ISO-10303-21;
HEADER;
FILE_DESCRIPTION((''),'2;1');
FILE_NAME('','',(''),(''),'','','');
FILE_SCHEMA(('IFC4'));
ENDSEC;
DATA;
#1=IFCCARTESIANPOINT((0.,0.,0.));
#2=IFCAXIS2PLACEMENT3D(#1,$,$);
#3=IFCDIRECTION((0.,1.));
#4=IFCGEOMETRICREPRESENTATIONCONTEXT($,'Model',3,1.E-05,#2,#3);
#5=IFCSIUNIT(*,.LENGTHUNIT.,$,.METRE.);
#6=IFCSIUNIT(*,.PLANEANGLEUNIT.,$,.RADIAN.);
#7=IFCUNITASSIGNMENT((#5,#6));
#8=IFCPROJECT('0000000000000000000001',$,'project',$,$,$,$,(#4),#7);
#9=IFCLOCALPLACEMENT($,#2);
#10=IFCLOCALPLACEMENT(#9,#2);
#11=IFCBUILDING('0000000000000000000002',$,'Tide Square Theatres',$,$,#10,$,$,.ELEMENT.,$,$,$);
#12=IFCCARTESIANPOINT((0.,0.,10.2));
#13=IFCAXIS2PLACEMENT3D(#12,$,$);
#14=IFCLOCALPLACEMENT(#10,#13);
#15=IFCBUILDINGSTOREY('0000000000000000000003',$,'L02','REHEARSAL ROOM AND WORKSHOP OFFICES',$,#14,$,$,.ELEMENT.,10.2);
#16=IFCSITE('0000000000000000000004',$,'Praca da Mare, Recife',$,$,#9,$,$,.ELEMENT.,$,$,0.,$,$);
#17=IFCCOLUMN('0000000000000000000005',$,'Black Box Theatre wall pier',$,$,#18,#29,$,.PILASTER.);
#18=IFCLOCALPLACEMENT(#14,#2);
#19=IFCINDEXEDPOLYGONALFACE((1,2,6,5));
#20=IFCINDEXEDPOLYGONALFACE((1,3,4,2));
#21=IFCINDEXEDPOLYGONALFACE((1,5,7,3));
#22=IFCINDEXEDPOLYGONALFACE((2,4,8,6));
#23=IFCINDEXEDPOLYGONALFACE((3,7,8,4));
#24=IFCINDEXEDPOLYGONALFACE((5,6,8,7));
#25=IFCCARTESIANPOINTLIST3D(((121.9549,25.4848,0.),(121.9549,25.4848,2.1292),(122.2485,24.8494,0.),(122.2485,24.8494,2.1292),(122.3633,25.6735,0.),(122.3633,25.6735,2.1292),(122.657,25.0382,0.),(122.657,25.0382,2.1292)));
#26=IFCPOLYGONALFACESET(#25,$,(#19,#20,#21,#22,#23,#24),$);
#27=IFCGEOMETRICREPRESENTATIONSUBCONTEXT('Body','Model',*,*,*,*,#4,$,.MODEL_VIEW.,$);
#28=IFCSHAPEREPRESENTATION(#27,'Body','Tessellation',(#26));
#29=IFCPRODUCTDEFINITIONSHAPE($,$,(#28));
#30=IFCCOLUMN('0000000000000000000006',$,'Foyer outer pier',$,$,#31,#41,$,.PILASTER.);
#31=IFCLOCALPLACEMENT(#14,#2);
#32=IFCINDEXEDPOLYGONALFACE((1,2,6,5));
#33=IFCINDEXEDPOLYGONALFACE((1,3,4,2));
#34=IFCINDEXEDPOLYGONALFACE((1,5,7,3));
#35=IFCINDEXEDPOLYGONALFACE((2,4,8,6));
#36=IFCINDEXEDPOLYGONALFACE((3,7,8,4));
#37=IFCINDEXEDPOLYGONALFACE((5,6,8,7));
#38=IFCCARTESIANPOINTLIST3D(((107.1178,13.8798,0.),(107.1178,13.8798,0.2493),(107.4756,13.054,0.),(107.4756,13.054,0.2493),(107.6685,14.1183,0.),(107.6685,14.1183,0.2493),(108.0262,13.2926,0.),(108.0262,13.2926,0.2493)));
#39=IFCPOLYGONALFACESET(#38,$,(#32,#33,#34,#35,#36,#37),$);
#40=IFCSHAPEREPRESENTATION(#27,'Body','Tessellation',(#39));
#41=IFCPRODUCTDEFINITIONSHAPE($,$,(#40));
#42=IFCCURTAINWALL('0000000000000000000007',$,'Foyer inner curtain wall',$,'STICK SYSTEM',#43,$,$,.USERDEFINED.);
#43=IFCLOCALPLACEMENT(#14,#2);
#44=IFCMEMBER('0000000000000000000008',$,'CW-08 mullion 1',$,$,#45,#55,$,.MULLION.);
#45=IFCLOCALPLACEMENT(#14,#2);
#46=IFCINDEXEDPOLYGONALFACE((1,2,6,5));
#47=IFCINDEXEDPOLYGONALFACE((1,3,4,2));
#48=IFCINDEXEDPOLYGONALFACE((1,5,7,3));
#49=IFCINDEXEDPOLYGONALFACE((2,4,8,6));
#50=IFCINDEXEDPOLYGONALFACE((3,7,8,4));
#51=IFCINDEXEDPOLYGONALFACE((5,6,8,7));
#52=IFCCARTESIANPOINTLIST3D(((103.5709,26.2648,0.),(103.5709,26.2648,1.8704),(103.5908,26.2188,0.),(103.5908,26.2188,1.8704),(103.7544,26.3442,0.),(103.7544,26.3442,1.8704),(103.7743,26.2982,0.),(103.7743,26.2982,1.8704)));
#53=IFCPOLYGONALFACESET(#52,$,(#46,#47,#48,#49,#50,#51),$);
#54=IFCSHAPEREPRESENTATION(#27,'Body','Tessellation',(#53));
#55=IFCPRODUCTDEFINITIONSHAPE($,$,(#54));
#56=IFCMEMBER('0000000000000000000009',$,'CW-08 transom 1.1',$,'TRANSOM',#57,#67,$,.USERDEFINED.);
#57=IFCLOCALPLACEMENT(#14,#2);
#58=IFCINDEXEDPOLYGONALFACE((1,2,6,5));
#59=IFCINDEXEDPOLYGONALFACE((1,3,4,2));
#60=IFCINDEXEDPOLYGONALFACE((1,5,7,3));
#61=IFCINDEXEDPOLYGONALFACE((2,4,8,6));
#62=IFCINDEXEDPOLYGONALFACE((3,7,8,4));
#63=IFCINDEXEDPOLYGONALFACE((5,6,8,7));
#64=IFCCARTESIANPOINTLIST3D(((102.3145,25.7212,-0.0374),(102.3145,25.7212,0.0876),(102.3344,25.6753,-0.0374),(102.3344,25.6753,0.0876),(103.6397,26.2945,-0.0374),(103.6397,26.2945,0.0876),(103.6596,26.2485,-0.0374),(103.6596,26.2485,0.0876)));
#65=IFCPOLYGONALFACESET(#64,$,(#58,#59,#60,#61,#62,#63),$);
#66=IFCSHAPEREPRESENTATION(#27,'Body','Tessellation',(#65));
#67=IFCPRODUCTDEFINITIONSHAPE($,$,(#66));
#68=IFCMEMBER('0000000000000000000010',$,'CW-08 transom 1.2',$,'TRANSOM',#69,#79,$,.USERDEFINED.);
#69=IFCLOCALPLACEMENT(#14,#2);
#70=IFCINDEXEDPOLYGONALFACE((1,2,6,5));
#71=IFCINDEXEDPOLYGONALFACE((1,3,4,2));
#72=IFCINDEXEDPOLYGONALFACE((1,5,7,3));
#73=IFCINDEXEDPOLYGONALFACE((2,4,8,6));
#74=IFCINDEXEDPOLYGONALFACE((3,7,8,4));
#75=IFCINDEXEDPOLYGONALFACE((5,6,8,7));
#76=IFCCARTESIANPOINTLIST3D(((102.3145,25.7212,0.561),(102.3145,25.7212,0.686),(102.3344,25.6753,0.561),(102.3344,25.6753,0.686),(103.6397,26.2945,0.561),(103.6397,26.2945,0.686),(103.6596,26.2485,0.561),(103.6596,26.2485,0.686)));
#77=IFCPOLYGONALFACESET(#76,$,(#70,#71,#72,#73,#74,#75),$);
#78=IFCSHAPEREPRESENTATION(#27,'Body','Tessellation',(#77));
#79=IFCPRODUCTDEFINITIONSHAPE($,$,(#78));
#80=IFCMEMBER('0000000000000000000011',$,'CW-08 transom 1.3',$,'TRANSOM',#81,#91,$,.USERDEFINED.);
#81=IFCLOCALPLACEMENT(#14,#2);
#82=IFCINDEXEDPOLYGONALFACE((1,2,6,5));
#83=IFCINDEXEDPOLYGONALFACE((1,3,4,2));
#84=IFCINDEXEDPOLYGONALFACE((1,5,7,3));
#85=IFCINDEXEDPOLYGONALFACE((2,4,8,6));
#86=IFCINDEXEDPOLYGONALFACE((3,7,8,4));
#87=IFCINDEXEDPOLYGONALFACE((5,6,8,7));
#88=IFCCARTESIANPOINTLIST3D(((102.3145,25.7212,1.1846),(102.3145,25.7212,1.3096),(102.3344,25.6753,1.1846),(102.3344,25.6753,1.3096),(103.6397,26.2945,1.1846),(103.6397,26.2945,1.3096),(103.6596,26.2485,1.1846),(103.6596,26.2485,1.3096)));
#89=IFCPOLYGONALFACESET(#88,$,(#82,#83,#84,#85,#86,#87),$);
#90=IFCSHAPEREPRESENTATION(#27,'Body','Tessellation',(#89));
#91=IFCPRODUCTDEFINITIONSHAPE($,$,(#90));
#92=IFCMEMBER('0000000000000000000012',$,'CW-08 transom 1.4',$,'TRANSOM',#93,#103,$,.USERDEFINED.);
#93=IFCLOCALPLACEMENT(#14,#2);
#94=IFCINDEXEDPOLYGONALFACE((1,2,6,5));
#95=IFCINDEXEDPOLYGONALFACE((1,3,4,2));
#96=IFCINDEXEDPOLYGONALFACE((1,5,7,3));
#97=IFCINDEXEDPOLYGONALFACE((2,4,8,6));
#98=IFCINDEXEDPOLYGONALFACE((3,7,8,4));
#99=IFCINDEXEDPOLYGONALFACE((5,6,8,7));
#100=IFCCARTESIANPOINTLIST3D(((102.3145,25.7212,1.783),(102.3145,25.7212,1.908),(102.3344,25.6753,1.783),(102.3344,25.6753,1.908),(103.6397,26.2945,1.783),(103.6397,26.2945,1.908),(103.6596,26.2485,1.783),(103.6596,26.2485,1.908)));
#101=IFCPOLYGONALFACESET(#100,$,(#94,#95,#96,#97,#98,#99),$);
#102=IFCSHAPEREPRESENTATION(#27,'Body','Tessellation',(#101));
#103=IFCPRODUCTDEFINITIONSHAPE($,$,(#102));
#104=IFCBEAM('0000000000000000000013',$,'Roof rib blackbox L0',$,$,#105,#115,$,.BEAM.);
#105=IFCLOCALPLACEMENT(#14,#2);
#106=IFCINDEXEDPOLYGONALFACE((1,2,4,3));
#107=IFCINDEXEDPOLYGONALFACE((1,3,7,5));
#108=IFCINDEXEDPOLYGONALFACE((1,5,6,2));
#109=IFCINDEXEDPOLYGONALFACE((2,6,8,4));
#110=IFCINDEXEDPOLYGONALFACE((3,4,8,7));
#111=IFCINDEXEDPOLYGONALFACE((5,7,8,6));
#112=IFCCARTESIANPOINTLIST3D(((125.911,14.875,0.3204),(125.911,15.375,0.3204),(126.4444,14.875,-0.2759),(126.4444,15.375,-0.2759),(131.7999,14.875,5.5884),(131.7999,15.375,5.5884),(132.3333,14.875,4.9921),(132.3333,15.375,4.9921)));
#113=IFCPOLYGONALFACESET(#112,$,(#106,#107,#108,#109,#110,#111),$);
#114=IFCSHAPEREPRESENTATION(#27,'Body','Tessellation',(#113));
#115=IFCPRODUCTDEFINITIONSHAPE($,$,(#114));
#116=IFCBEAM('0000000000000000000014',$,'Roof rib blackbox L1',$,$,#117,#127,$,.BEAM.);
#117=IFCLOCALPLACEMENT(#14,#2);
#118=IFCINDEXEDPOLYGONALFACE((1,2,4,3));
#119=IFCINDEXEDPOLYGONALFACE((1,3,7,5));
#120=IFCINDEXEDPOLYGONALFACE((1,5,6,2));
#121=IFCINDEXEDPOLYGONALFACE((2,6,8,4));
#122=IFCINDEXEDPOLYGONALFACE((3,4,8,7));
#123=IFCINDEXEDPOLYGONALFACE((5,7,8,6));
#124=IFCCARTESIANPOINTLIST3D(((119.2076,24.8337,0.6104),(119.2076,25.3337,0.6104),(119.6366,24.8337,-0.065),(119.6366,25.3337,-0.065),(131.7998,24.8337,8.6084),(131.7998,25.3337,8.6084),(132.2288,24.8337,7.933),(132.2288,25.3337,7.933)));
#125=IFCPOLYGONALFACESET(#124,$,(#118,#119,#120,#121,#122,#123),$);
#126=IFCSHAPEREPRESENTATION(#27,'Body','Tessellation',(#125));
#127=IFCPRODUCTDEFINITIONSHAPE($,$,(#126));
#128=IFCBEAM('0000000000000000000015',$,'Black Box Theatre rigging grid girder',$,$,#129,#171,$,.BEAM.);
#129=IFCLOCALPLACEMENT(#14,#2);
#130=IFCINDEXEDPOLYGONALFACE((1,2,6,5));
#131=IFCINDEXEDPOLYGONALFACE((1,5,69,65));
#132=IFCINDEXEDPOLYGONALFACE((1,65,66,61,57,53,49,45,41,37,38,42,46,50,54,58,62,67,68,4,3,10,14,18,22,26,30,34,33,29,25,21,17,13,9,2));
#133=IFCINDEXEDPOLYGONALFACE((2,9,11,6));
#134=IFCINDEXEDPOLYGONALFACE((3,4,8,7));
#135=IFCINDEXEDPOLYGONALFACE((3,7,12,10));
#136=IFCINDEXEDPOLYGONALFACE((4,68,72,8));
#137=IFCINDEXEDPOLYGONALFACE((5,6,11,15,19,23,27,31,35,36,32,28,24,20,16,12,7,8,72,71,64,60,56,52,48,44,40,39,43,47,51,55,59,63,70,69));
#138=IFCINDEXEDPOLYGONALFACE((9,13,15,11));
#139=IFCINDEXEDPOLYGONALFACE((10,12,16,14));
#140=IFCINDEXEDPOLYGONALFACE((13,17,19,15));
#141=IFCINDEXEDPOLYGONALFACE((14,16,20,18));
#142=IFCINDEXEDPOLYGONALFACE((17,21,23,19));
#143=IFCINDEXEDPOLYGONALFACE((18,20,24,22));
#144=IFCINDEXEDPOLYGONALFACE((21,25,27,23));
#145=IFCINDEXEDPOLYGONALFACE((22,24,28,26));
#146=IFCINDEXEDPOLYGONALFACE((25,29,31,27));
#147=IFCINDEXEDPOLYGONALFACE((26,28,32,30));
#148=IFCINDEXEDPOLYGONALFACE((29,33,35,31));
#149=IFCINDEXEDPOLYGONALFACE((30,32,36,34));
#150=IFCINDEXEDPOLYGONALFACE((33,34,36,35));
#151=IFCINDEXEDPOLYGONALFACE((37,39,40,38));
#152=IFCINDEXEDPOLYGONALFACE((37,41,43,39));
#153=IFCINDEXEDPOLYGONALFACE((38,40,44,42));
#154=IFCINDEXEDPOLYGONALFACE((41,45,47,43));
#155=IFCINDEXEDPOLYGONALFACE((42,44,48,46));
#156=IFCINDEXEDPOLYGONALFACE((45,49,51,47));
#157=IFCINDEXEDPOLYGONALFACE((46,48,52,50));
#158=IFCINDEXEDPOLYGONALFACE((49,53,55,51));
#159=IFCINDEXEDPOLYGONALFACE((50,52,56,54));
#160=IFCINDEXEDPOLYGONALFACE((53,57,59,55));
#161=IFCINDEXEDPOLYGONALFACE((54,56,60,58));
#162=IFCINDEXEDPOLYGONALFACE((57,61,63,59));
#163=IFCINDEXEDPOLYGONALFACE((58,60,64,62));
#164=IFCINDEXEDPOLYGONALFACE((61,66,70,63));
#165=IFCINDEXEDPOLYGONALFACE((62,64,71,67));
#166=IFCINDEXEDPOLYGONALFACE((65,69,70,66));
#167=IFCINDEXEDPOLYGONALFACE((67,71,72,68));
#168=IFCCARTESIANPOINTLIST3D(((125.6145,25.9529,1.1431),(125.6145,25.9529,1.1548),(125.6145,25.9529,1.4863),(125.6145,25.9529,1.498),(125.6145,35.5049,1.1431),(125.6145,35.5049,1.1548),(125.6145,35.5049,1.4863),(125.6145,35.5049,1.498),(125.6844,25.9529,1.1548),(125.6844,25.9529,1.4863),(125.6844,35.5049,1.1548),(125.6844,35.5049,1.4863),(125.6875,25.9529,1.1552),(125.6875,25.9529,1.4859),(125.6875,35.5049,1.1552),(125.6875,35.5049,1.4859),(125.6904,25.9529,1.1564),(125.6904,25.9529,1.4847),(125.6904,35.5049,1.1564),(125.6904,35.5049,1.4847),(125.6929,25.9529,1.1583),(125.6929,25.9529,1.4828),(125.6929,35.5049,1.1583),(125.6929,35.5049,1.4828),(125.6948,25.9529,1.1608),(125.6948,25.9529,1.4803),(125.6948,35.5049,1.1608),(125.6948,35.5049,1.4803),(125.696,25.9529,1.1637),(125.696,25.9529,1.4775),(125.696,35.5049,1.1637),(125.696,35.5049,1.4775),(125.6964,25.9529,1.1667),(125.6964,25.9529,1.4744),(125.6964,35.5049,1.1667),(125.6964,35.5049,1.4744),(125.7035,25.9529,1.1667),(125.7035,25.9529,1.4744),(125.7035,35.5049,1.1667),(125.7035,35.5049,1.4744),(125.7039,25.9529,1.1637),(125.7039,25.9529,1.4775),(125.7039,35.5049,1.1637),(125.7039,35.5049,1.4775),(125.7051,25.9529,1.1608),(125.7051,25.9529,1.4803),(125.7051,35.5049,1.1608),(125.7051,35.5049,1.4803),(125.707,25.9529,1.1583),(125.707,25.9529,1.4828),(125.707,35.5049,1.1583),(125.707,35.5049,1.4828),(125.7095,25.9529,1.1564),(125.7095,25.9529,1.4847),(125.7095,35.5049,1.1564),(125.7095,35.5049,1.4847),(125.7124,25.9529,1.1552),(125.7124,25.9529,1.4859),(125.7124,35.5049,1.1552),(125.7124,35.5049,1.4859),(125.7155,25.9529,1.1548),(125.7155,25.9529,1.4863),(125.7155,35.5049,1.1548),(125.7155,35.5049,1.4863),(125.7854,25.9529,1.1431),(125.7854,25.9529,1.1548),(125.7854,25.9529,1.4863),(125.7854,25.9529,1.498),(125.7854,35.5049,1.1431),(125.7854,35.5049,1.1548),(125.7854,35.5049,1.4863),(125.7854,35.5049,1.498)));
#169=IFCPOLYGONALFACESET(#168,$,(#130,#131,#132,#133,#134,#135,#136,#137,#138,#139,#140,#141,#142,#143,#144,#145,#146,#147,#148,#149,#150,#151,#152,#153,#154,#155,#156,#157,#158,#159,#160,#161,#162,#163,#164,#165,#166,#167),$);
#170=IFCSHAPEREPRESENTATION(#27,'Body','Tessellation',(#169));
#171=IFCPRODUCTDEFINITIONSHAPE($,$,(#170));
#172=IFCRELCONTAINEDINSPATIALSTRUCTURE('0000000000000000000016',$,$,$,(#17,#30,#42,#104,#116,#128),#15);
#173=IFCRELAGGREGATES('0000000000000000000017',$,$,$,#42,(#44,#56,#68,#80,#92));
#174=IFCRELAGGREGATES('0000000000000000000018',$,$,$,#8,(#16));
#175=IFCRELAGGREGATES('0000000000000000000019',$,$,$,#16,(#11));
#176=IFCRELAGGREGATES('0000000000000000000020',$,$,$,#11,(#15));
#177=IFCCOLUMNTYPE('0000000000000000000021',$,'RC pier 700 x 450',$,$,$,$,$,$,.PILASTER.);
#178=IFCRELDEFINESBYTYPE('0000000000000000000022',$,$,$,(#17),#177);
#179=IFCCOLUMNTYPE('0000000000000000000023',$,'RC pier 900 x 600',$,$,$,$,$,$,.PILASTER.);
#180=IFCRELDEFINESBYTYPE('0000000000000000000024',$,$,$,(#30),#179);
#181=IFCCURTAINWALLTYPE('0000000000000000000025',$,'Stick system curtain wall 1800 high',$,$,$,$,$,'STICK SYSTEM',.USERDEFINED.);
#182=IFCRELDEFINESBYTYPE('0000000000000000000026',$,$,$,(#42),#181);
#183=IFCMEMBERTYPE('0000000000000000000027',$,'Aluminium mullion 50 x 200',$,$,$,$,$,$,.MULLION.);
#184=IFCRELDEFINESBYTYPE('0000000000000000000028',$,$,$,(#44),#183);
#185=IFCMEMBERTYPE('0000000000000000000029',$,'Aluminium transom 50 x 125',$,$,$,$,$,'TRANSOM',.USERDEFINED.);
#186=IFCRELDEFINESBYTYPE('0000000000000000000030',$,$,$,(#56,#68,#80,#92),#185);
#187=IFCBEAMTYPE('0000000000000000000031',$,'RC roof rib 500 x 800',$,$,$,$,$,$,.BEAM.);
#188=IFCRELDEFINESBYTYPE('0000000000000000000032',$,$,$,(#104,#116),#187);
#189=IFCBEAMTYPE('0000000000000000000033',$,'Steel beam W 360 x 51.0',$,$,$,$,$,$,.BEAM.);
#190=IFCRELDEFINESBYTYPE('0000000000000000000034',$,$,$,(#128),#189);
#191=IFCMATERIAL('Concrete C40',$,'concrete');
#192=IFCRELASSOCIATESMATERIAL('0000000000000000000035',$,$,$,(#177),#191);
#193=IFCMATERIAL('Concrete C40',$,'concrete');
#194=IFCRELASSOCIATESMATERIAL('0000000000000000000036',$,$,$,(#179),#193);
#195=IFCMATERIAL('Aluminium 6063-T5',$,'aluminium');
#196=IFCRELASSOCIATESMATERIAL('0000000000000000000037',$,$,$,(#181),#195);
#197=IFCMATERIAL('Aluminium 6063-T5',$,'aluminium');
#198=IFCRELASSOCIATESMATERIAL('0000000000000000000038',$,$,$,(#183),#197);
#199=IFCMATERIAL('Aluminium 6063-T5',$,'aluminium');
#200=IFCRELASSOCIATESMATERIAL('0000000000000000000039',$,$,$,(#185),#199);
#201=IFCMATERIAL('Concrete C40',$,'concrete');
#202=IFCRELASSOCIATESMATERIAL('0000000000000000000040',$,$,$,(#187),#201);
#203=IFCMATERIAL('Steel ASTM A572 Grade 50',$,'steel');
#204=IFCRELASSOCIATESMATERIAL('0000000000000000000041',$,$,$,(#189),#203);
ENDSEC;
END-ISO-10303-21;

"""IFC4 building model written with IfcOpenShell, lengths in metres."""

from ifc_helpers import new_model, si_unit, direction, frame, origin, origin_2d, place, context, subcontext, project, spatial, rectangle, i_section, extrude, material, material_profile, profile_set, type_object, element, aggregate, save


model = new_model("IFC4")

# Units and contexts
model_context = context("Model", 3, precision=1e-05, world=origin(), true_north=direction((0.0, 1.0)))
body_context = subcontext(model_context, "Body", "Model", "MODEL_VIEW")
ifc_project = project(units=[si_unit("LENGTHUNIT", "METRE"), si_unit("PLANEANGLEUNIT", "RADIAN")], contexts=[model_context])

# Site, building, storey
site_placement = place(None, origin())
site = spatial("IfcSite", under=ifc_project, at=site_placement, Name="Praca da Mare, Recife", CompositionType="ELEMENT", RefElevation=0.0)
building_placement = place(site_placement, origin())
building = spatial("IfcBuilding", under=site, at=building_placement, Name="Tide Square Theatres", CompositionType="ELEMENT")
storey_placement = place(building_placement, frame((0.0, 0.0, 10.2)))
storey = spatial("IfcBuildingStorey", under=building, at=storey_placement, Name="L02", Description="REHEARSAL ROOM AND WORKSHOP OFFICES", CompositionType="ELEMENT", Elevation=10.2)

# Columns
ifc_material_1 = material(Name="Concrete C40", Category="concrete")
ifc_material_profile_1 = material_profile(ifc_material_1, rectangle(XDim=0.7, YDim=0.45, at=origin_2d()))
ifc_profile_set_1 = profile_set([ifc_material_profile_1], Name="Concrete C40")
column_type_1 = type_object("IfcColumnType", Name="RC pier 700 x 450", PredefinedType="PILASTER", material=ifc_profile_set_1)
column_1_placement = place(storey_placement, frame((122.3059, 25.2615, 0.0), z_axis=(0.0, 0.0, 1.0), x_axis=(0.41956, -0.907728, 0.0)))
element("IfcColumn", 1, at=column_1_placement, inside=storey, type_object=column_type_1, Name="Black Box Theatre wall pier", PredefinedType="PILASTER", context=body_context, shape_type="SweptSolid", body=[
    extrude(rectangle(XDim=0.7, YDim=0.45, at=origin_2d()), origin(), (0.0, 0.0, 1.0), 2.1292),
])
ifc_material_2 = material(Name="Concrete C40", Category="concrete")
ifc_material_profile_2 = material_profile(ifc_material_2, rectangle(XDim=0.8999, YDim=0.6001, at=origin_2d()))
ifc_profile_set_2 = profile_set([ifc_material_profile_2], Name="Concrete C40")
column_type_2 = type_object("IfcColumnType", Name="RC pier 900 x 600", PredefinedType="PILASTER", material=ifc_profile_set_2)
column_2_placement = place(storey_placement, frame((107.572, 13.5862, 0.0), z_axis=(0.0, 0.0, 1.0), x_axis=(0.397505, -0.9176, 0.0)))
element("IfcColumn", 2, at=column_2_placement, inside=storey, type_object=column_type_2, Name="Foyer outer pier", PredefinedType="PILASTER", context=body_context, shape_type="SweptSolid", body=[
    extrude(rectangle(XDim=0.8999, YDim=0.6001, at=origin_2d()), origin(), (0.0, 0.0, 1.0), 0.2493),
])

# Curtain wall, members
ifc_material_3 = material(Name="Aluminium 6063-T5", Category="aluminium")
curtain_wall_type = type_object("IfcCurtainWallType", Name="Stick system curtain wall 1800 high", ElementType="STICK SYSTEM", PredefinedType="USERDEFINED", material=ifc_material_3)
curtain_wall_placement = place(storey_placement, origin())
curtain_wall = element("IfcCurtainWall", 3, at=curtain_wall_placement, inside=storey, type_object=curtain_wall_type, Name="Foyer inner curtain wall", ObjectType="STICK SYSTEM", PredefinedType="USERDEFINED")
ifc_material_4 = material(Name="Aluminium 6063-T5", Category="aluminium")
ifc_material_profile_3 = material_profile(ifc_material_4, rectangle(XDim=0.05, YDim=0.2, at=origin_2d()))
ifc_profile_set_3 = profile_set([ifc_material_profile_3], Name="Aluminium 6063-T5")
member_type_1 = type_object("IfcMemberType", Name="Aluminium mullion 50 x 200", PredefinedType="MULLION", material=ifc_profile_set_3)
member_1_placement = place(storey_placement, frame((103.6726, 26.2815, 0.0), z_axis=(0.0, 0.0, 1.0), x_axis=(0.39698, -0.917827, 0.0)))
member_1 = element("IfcMember", 4, at=member_1_placement, type_object=member_type_1, Name="CW-08 mullion 1", PredefinedType="MULLION", context=body_context, shape_type="SweptSolid", body=[
    extrude(rectangle(XDim=0.05, YDim=0.2, at=origin_2d()), origin(), (0.0, 0.0, 1.0), 1.8704),
])
ifc_material_5 = material(Name="Aluminium 6063-T5", Category="aluminium")
ifc_material_profile_4 = material_profile(ifc_material_5, rectangle(XDim=0.05, YDim=0.125, at=origin_2d()))
ifc_profile_set_4 = profile_set([ifc_material_profile_4], Name="Aluminium 6063-T5")
member_type_2 = type_object("IfcMemberType", Name="Aluminium transom 50 x 125", ElementType="TRANSOM", PredefinedType="USERDEFINED", material=ifc_profile_set_4)
member_2_placement = place(storey_placement, frame((103.6497, 26.2715, 0.0251), z_axis=(-0.91781, -0.397019, 0.0), x_axis=(0.397019, -0.91781, 0.0)))
member_2 = element("IfcMember", 5, at=member_2_placement, type_object=member_type_2, Name="CW-08 transom 1.1", ObjectType="TRANSOM", PredefinedType="USERDEFINED", context=body_context, shape_type="SweptSolid", body=[
    extrude(rectangle(XDim=0.05, YDim=0.125, at=origin_2d()), origin(), (0.0, 0.0, 1.0), 1.4438),
])
member_3_placement = place(storey_placement, frame((103.6497, 26.2715, 0.6235), z_axis=(-0.91781, -0.397019, 0.0), x_axis=(0.397019, -0.91781, 0.0)))
member_3 = element("IfcMember", 6, at=member_3_placement, type_object=member_type_2, Name="CW-08 transom 1.2", ObjectType="TRANSOM", PredefinedType="USERDEFINED", context=body_context, shape_type="SweptSolid", body=[
    extrude(rectangle(XDim=0.05, YDim=0.125, at=origin_2d()), origin(), (0.0, 0.0, 1.0), 1.4438),
])
member_4_placement = place(storey_placement, frame((103.6497, 26.2715, 1.2471), z_axis=(-0.91781, -0.397019, 0.0), x_axis=(0.397019, -0.91781, 0.0)))
member_4 = element("IfcMember", 7, at=member_4_placement, type_object=member_type_2, Name="CW-08 transom 1.3", ObjectType="TRANSOM", PredefinedType="USERDEFINED", context=body_context, shape_type="SweptSolid", body=[
    extrude(rectangle(XDim=0.05, YDim=0.125, at=origin_2d()), origin(), (0.0, 0.0, 1.0), 1.4438),
])
member_5_placement = place(storey_placement, frame((103.6497, 26.2715, 1.8455), z_axis=(-0.91781, -0.397019, 0.0), x_axis=(0.397019, -0.91781, 0.0)))
member_5 = element("IfcMember", 8, at=member_5_placement, type_object=member_type_2, Name="CW-08 transom 1.4", ObjectType="TRANSOM", PredefinedType="USERDEFINED", context=body_context, shape_type="SweptSolid", body=[
    extrude(rectangle(XDim=0.05, YDim=0.125, at=origin_2d()), origin(), (0.0, 0.0, 1.0), 1.4438),
])

# Beams
ifc_material_6 = material(Name="Concrete C40", Category="concrete")
ifc_material_profile_5 = material_profile(ifc_material_6, rectangle(XDim=0.5, YDim=0.8, at=origin_2d()))
ifc_profile_set_5 = profile_set([ifc_material_profile_5], Name="Concrete C40")
beam_type_1 = type_object("IfcBeamType", Name="RC roof rib 500 x 800", PredefinedType="BEAM", material=ifc_profile_set_5)
beam_1_placement = place(storey_placement, frame((126.1777, 15.125, 0.0222), z_axis=(0.745302, 0.0, 0.666727), x_axis=(0.0, 1.0, 0.0)))
element("IfcBeam", 9, at=beam_1_placement, inside=storey, type_object=beam_type_1, Name="Roof rib blackbox L0", PredefinedType="BEAM", context=body_context, shape_type="SweptSolid", body=[
    extrude(rectangle(XDim=0.5, YDim=0.8, at=origin_2d()), origin(), (0.0, 0.0, 1.0), 7.9014),
])
beam_2_placement = place(storey_placement, frame((119.4221, 25.0837, 0.2727), z_axis=(0.844123, 0.0, 0.536149), x_axis=(0.0, 1.0, 0.0)))
element("IfcBeam", 10, at=beam_2_placement, inside=storey, type_object=beam_type_1, Name="Roof rib blackbox L1", PredefinedType="BEAM", context=body_context, shape_type="SweptSolid", body=[
    extrude(rectangle(XDim=0.5, YDim=0.8, at=origin_2d()), origin(), (0.0, 0.0, 1.0), 14.9175),
])
ifc_material_7 = material(Name="Steel ASTM A572 Grade 50", Category="steel")
ifc_material_profile_6 = material_profile(ifc_material_7, i_section(OverallWidth=0.1709, OverallDepth=0.355, WebThickness=0.0071, FlangeThickness=0.0117, FilletRadius=0.012, at=origin_2d()))
ifc_profile_set_6 = profile_set([ifc_material_profile_6], Name="Steel ASTM A572 Grade 50")
beam_type_2 = type_object("IfcBeamType", Name="Steel beam W 360 x 51.0", PredefinedType="BEAM", material=ifc_profile_set_6)
for number, where, z_axis, x_axis, name in (
    (11, (125.7, 25.9529, 1.3206), (0.0, 1.0, 0.0), (-1.0, 0.0, 0.0), "Black Box Theatre rigging grid girder"),
):
    element("IfcBeam", number, at=place(storey_placement, frame(where, z_axis=z_axis, x_axis=x_axis)), inside=storey, type_object=beam_type_2, Name=name, PredefinedType="BEAM", context=body_context, shape_type="SweptSolid", body=[
        extrude(i_section(OverallWidth=0.1709, OverallDepth=0.355, WebThickness=0.0071, FlangeThickness=0.0117, FilletRadius=0.012, at=origin_2d()), origin(), (0.0, 0.0, 1.0), 9.552),
    ])

aggregate(curtain_wall, [member_1, member_2, member_3, member_4, member_5])

save(model, "model.ifc")
